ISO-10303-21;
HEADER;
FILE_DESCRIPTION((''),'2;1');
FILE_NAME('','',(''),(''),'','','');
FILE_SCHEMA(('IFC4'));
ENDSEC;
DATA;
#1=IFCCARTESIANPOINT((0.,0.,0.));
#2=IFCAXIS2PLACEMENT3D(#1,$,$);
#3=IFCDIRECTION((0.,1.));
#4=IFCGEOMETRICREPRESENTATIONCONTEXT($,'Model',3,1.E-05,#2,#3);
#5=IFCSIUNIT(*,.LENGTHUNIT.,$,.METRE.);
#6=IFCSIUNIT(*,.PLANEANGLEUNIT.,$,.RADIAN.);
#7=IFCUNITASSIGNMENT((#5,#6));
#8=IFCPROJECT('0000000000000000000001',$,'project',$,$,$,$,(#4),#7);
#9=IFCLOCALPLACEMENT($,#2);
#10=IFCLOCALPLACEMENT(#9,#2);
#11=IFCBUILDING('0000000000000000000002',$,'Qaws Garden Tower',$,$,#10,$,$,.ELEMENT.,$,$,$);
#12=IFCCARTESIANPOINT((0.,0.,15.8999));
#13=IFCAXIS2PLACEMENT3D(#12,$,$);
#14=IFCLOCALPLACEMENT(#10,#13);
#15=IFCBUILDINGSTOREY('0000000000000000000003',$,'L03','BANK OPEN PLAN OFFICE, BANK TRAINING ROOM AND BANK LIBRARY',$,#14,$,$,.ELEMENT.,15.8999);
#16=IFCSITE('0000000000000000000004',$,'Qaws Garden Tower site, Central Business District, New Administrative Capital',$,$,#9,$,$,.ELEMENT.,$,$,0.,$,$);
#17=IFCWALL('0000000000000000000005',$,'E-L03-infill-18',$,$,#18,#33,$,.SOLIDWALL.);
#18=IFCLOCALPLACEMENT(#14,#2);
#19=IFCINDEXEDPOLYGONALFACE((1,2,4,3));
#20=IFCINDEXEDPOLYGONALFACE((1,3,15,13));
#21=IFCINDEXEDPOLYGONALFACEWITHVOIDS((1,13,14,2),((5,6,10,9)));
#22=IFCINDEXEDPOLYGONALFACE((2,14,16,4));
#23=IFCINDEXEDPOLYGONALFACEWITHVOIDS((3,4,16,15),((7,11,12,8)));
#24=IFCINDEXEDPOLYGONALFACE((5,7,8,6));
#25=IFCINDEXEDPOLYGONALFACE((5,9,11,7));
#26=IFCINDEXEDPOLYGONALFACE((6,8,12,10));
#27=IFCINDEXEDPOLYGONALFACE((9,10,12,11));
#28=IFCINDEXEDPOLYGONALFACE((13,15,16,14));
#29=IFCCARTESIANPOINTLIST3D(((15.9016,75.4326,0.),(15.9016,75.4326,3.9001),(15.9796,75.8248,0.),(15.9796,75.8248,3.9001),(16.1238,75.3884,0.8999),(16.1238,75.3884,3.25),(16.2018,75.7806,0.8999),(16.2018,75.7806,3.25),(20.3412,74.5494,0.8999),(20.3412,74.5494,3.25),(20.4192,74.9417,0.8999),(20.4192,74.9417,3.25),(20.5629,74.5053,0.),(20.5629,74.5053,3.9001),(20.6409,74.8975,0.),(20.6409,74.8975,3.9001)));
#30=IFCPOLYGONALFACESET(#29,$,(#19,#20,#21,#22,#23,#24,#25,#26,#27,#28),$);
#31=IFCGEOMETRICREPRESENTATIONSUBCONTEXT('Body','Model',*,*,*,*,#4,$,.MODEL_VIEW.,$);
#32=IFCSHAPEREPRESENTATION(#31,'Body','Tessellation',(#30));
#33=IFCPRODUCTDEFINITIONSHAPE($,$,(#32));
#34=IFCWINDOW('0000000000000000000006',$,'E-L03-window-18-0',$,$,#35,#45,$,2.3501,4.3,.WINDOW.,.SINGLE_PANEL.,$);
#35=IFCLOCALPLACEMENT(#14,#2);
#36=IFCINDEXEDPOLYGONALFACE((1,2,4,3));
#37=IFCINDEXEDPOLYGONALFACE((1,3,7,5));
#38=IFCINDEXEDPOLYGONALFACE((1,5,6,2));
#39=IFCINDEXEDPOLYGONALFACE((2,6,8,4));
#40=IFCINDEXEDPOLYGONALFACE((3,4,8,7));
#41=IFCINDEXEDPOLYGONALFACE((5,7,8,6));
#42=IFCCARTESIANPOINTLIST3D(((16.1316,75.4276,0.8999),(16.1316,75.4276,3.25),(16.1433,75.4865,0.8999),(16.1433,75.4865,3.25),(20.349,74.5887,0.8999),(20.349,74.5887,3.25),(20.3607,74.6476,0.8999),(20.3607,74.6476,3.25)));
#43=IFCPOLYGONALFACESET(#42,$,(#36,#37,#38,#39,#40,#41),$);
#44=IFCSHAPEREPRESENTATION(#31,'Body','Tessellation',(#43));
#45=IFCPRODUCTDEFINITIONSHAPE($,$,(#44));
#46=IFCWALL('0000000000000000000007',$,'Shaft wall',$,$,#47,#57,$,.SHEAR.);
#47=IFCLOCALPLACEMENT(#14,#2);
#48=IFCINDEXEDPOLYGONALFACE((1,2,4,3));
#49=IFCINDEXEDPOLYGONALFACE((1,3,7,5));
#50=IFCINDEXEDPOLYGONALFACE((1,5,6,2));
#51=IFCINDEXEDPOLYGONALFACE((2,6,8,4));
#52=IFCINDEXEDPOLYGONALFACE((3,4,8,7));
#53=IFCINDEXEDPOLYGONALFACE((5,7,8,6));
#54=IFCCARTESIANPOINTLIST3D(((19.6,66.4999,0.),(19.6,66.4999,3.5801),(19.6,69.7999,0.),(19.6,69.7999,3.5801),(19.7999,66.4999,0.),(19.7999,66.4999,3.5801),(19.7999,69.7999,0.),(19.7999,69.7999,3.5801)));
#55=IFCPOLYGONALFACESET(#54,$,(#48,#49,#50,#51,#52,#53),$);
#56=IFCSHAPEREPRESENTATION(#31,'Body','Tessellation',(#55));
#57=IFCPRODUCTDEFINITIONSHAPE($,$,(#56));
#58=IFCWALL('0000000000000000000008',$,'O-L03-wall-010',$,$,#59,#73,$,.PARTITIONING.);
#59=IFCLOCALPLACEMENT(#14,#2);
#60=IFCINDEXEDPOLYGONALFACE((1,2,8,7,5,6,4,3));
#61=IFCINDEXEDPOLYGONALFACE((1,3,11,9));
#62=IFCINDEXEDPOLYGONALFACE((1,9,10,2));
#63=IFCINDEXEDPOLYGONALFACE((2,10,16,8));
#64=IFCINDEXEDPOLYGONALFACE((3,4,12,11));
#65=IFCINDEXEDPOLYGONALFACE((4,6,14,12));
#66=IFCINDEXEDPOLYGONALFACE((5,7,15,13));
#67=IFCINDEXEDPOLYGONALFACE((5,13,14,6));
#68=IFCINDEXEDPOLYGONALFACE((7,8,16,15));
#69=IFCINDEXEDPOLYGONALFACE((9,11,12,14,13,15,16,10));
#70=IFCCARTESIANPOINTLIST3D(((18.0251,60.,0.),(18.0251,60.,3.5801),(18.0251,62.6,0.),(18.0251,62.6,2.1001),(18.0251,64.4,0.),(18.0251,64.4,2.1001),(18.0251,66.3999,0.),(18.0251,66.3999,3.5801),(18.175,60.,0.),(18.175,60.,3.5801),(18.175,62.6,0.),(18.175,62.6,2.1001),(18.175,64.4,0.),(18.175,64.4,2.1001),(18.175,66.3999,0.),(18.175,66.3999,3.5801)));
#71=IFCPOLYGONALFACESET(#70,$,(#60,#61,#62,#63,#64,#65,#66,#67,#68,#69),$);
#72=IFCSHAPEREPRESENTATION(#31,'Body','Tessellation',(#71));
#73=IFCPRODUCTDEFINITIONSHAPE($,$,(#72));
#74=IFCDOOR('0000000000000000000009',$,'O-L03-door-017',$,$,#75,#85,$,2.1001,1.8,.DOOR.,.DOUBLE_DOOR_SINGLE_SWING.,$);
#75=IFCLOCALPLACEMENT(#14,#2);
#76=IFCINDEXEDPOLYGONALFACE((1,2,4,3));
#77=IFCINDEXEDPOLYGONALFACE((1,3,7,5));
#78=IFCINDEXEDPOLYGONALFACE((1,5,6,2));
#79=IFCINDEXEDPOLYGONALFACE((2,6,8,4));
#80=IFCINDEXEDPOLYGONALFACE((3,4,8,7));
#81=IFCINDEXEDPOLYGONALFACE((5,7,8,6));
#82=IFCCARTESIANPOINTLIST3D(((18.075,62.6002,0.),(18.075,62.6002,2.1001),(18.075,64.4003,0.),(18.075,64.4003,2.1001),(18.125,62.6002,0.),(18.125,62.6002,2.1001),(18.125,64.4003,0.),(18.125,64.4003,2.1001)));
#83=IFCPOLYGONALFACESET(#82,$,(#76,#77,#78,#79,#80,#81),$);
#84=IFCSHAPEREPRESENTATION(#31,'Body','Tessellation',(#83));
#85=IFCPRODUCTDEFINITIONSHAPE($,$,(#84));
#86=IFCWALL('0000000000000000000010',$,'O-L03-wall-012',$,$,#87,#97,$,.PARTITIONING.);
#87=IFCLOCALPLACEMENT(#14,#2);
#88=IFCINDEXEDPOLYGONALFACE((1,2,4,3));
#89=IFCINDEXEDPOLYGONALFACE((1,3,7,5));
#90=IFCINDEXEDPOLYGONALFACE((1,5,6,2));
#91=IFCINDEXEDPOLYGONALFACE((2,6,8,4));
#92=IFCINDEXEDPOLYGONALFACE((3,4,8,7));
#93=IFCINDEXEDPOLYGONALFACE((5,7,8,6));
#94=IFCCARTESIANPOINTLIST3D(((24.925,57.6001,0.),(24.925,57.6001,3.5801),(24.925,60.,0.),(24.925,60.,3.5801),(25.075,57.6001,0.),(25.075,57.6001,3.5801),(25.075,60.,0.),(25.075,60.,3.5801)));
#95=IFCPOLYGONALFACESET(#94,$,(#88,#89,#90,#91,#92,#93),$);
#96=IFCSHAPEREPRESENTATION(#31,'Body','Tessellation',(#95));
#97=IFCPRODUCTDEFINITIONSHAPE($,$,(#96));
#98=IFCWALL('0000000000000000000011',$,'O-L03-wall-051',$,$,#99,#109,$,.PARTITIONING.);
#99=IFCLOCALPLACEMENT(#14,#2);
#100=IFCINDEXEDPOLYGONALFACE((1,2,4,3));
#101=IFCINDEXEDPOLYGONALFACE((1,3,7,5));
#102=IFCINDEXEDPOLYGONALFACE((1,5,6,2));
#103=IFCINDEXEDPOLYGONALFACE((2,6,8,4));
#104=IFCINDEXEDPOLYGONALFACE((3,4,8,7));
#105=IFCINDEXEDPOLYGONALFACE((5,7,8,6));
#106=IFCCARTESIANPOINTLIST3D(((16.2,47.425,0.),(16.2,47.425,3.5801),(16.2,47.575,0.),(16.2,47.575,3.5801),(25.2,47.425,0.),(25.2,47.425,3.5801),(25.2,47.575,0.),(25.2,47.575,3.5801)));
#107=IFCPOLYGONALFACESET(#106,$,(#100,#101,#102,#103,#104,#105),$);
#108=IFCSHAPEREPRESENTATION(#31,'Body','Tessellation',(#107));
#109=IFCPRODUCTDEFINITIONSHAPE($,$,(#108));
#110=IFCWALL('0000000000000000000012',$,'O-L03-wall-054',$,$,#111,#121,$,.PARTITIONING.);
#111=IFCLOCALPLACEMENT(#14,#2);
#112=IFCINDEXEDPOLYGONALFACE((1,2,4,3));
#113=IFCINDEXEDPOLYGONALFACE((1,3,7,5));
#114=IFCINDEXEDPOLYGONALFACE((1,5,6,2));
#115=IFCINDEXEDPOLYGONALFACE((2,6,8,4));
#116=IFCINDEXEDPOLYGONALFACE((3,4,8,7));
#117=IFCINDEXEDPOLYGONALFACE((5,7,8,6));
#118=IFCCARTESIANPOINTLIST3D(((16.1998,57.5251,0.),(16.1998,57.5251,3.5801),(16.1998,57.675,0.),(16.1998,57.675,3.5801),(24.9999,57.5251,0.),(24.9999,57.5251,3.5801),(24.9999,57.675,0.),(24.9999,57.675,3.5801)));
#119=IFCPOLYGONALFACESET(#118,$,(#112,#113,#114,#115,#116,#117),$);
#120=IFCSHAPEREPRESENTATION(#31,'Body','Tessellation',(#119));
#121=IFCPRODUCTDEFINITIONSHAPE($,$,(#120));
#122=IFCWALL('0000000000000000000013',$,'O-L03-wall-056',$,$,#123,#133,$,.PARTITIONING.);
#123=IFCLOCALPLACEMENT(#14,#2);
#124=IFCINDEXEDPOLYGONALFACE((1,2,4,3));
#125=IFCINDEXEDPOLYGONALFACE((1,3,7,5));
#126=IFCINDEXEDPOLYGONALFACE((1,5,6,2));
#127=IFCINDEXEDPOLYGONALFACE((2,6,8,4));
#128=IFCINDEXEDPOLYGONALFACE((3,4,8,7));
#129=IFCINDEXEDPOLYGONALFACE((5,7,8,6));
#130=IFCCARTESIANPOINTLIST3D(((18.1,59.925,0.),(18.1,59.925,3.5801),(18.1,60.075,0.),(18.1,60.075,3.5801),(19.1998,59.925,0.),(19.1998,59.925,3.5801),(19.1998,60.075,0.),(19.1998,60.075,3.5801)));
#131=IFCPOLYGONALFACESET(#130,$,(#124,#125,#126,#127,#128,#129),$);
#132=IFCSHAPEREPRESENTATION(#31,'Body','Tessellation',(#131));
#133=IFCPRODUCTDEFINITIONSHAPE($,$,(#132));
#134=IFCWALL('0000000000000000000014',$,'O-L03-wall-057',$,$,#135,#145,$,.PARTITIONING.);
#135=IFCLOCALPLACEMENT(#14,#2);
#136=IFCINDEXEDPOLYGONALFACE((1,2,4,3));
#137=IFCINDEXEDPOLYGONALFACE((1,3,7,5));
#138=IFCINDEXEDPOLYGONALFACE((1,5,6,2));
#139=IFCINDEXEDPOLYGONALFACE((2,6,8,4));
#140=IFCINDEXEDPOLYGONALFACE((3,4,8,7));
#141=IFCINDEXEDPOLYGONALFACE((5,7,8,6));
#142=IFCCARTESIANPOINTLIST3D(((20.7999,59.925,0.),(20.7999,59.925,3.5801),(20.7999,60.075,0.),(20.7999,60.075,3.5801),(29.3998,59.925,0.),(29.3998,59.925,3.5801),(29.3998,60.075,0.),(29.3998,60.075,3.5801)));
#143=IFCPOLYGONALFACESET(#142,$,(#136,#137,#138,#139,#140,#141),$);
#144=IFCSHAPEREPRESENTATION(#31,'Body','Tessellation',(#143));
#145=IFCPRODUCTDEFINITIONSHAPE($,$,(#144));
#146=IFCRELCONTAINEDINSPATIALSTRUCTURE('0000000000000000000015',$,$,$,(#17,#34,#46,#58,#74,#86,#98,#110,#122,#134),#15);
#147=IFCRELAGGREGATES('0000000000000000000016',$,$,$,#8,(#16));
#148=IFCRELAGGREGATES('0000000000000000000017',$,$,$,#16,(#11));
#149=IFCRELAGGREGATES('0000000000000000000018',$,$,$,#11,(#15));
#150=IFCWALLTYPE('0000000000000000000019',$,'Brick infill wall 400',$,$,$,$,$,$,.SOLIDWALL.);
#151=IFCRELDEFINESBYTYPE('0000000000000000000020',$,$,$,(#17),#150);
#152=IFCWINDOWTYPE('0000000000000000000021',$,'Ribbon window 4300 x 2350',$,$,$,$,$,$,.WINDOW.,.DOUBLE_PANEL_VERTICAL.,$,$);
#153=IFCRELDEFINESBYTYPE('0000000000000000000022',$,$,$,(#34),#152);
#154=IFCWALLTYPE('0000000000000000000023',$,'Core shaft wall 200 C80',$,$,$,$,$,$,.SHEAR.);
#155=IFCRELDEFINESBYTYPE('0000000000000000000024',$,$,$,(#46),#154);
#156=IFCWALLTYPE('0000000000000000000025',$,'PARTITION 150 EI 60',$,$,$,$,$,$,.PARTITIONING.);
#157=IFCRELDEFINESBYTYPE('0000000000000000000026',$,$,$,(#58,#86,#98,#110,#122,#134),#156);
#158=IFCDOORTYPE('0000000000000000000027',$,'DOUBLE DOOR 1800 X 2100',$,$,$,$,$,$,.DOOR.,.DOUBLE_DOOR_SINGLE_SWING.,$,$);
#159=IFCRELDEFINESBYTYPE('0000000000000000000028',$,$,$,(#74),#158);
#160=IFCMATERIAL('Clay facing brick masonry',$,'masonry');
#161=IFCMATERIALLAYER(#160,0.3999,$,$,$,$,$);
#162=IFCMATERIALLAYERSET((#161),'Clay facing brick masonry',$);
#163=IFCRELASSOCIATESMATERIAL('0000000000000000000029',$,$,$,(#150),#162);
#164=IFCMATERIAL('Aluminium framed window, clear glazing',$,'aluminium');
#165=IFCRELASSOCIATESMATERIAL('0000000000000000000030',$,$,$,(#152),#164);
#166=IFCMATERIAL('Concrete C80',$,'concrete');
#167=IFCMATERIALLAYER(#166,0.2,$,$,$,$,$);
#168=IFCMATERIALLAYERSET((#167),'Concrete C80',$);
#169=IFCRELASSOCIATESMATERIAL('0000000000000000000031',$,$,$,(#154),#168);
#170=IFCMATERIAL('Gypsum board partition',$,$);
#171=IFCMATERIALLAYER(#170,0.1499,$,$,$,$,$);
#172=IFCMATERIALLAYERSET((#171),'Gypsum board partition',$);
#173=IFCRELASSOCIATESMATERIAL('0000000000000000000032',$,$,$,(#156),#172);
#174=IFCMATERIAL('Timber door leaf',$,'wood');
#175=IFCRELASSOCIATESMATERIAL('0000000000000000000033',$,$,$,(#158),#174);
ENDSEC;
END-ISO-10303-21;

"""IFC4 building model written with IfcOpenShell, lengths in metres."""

from ifc_helpers import new_model, si_unit, direction, frame, frame_2d, origin, place, context, subcontext, project, spatial, rectangle, extrude, material, layer, layer_set, type_object, element, fill, save


model = new_model("IFC4")

# Units and contexts
model_context = context("Model", 3, precision=1e-05, world=origin(), true_north=direction((0.0, 1.0)))
body_context = subcontext(model_context, "Body", "Model", "MODEL_VIEW")
ifc_project = project(units=[si_unit("LENGTHUNIT", "METRE"), si_unit("PLANEANGLEUNIT", "RADIAN")], contexts=[model_context])

# Site, building, storey
site_placement = place(None, origin())
site = spatial("IfcSite", under=ifc_project, at=site_placement, Name="Qaws Garden Tower site, Central Business District, New Administrative Capital", CompositionType="ELEMENT", RefElevation=0.0)
building_placement = place(site_placement, origin())
building = spatial("IfcBuilding", under=site, at=building_placement, Name="Qaws Garden Tower", CompositionType="ELEMENT")
storey_placement = place(building_placement, frame((0.0, 0.0, 15.8999)))
storey = spatial("IfcBuildingStorey", under=building, at=storey_placement, Name="L03", Description="BANK OPEN PLAN OFFICE, BANK TRAINING ROOM AND BANK LIBRARY", CompositionType="ELEMENT", Elevation=15.8999)

# Wall, opening, window
ifc_material_1 = material(Name="Clay facing brick masonry", Category="masonry")
ifc_layer_1 = layer(ifc_material_1, 0.3999)
ifc_layer_set_1 = layer_set([ifc_layer_1], Name="Clay facing brick masonry")
wall_type_1 = type_object("IfcWallType", Name="Brick infill wall 400", PredefinedType="SOLIDWALL", material=ifc_layer_set_1)
ifc_material_2 = material(Name="Aluminium framed window, clear glazing", Category="aluminium")
window_type = type_object("IfcWindowType", Name="Ribbon window 4300 x 2350", PartitioningType="DOUBLE_PANEL_VERTICAL", PredefinedType="WINDOW", material=ifc_material_2)
wall_1_placement = place(storey_placement, frame((20.6021, 74.7014, 0.0), z_axis=(0.0, 0.0, 1.0), x_axis=(-0.980784, 0.195099, 0.0)))
wall_1 = element("IfcWall", 1, at=wall_1_placement, inside=storey, type_object=wall_type_1, Name="E-L03-infill-18", PredefinedType="SOLIDWALL", context=body_context, shape_type="SweptSolid", body=[
    extrude(rectangle(XDim=4.7527, YDim=0.3999, at=frame_2d((2.3765, 0.0))), origin(), (0.0, 0.0, 1.0), 3.9001),
])
opening_1_placement = place(wall_1_placement, frame((0.2263, 0.0, 0.8999)))
opening_1 = element("IfcOpeningElement", 2, at=opening_1_placement, cuts=wall_1, PredefinedType="OPENING", context=body_context, shape_type="SweptSolid", body=[
    extrude(rectangle(XDim=4.3, YDim=2.3501, at=frame_2d((2.1499, 1.175))), frame((0.0, 0.21, 0.0), z_axis=(0.0, -1.0, 0.0), x_axis=(1.0, 0.0, 0.0)), (0.0, 0.0, 1.0), 0.4199),
])
window_1_placement = place(opening_1_placement, origin())
window_1 = element("IfcWindow", 3, at=window_1_placement, inside=storey, type_object=window_type, Name="E-L03-window-18-0", OverallHeight=2.3501, OverallWidth=4.3, PartitioningType="SINGLE_PANEL", PredefinedType="WINDOW", context=body_context, shape_type="SweptSolid", body=[
    extrude(rectangle(XDim=4.3, YDim=2.3501, at=frame_2d((2.1499, 1.175))), frame((0.0, 0.1599, 0.0), z_axis=(0.0, -1.0, 0.0), x_axis=(1.0, 0.0, 0.0)), (0.0, 0.0, 1.0), 0.0601),
])
fill(opening_1, window_1)

# Wall
ifc_material_3 = material(Name="Concrete C80", Category="concrete")
ifc_layer_2 = layer(ifc_material_3, 0.2)
ifc_layer_set_2 = layer_set([ifc_layer_2], Name="Concrete C80")
wall_type_2 = type_object("IfcWallType", Name="Core shaft wall 200 C80", PredefinedType="SHEAR", material=ifc_layer_set_2)
wall_2_placement = place(storey_placement, frame((19.7, 66.5, 0.0), z_axis=(0.0, 0.0, 1.0), x_axis=(0.0, 1.0, 0.0)))
element("IfcWall", 4, at=wall_2_placement, inside=storey, type_object=wall_type_2, Name="Shaft wall", PredefinedType="SHEAR", context=body_context, shape_type="SweptSolid", body=[
    extrude(rectangle(XDim=3.3, YDim=0.2, at=frame_2d((1.6499, 0.0))), origin(), (0.0, 0.0, 1.0), 3.5801),
])

# Wall, opening, door
ifc_material_4 = material(Name="Gypsum board partition")
ifc_layer_3 = layer(ifc_material_4, 0.1499)
ifc_layer_set_3 = layer_set([ifc_layer_3], Name="Gypsum board partition")
wall_type_3 = type_object("IfcWallType", Name="PARTITION 150 EI 60", PredefinedType="PARTITIONING", material=ifc_layer_set_3)
wall_3_placement = place(storey_placement, frame((18.1001, 60.0, 0.0), z_axis=(0.0, 0.0, 1.0), x_axis=(0.0, 1.0, 0.0)))
wall_3 = element("IfcWall", 5, at=wall_3_placement, inside=storey, type_object=wall_type_3, Name="O-L03-wall-010", PredefinedType="PARTITIONING", context=body_context, shape_type="SweptSolid", body=[
    extrude(rectangle(XDim=6.3999, YDim=0.1499, at=frame_2d((3.2, 0.0))), origin(), (0.0, 0.0, 1.0), 3.5801),
])
opening_2_placement = place(wall_3_placement, frame((2.6001, 0.0, 0.0)))
opening_2 = element("IfcOpeningElement", 6, at=opening_2_placement, cuts=wall_3, PredefinedType="OPENING", context=body_context, shape_type="SweptSolid", body=[
    extrude(rectangle(XDim=1.8, YDim=2.1001, at=frame_2d((0.8999, 1.05))), frame((0.0, 0.085, 0.0), z_axis=(0.0, -1.0, 0.0), x_axis=(1.0, 0.0, 0.0)), (0.0, 0.0, 1.0), 0.1699),
])
ifc_material_5 = material(Name="Timber door leaf", Category="wood")
door_type = type_object("IfcDoorType", Name="DOUBLE DOOR 1800 X 2100", OperationType="DOUBLE_DOOR_SINGLE_SWING", PredefinedType="DOOR", material=ifc_material_5)
door_placement = place(opening_2_placement, frame((1.8, 0.0, 0.0), z_axis=(0.0, 0.0, 1.0), x_axis=(-1.0, 0.0, 0.0)))
door = element("IfcDoor", 7, at=door_placement, inside=storey, type_object=door_type, Name="O-L03-door-017", OperationType="DOUBLE_DOOR_SINGLE_SWING", OverallHeight=2.1001, OverallWidth=1.8, PredefinedType="DOOR", context=body_context, shape_type="SweptSolid", body=[
    extrude(rectangle(XDim=1.8, YDim=2.1001, at=frame_2d((0.8999, 1.05))), frame((0.0, 0.0249, 0.0), z_axis=(0.0, -1.0, 0.0), x_axis=(1.0, 0.0, 0.0)), (0.0, 0.0, 1.0), 0.05),
])
fill(opening_2, door)

# Walls
wall_4_placement = place(storey_placement, frame((25.0, 57.6001, 0.0), z_axis=(0.0, 0.0, 1.0), x_axis=(0.0, 1.0, 0.0)))
element("IfcWall", 8, at=wall_4_placement, inside=storey, type_object=wall_type_3, Name="O-L03-wall-012", PredefinedType="PARTITIONING", context=body_context, shape_type="SweptSolid", body=[
    extrude(rectangle(XDim=2.3999, YDim=0.1499, at=frame_2d((1.2, 0.0))), origin(), (0.0, 0.0, 1.0), 3.5801),
])
wall_5_placement = place(storey_placement, frame((16.2, 47.5, 0.0), z_axis=(0.0, 0.0, 1.0), x_axis=(1.0, 0.0, 0.0)))
element("IfcWall", 9, at=wall_5_placement, inside=storey, type_object=wall_type_3, Name="O-L03-wall-051", PredefinedType="PARTITIONING", context=body_context, shape_type="SweptSolid", body=[
    extrude(rectangle(XDim=9.0, YDim=0.1499, at=frame_2d((4.5, 0.0))), origin(), (0.0, 0.0, 1.0), 3.5801),
])
wall_6_placement = place(storey_placement, frame((16.2, 57.6001, 0.0), z_axis=(0.0, 0.0, 1.0), x_axis=(1.0, 0.0, 0.0)))
element("IfcWall", 10, at=wall_6_placement, inside=storey, type_object=wall_type_3, Name="O-L03-wall-054", PredefinedType="PARTITIONING", context=body_context, shape_type="SweptSolid", body=[
    extrude(rectangle(XDim=8.8, YDim=0.1499, at=frame_2d((4.3999, 0.0))), origin(), (0.0, 0.0, 1.0), 3.5801),
])
wall_7_placement = place(storey_placement, frame((18.1001, 60.0, 0.0), z_axis=(0.0, 0.0, 1.0), x_axis=(1.0, 0.0, 0.0)))
element("IfcWall", 11, at=wall_7_placement, inside=storey, type_object=wall_type_3, Name="O-L03-wall-056", PredefinedType="PARTITIONING", context=body_context, shape_type="SweptSolid", body=[
    extrude(rectangle(XDim=1.0999, YDim=0.1499, at=frame_2d((0.5498, 0.0))), origin(), (0.0, 0.0, 1.0), 3.5801),
])
wall_8_placement = place(storey_placement, frame((20.8, 60.0, 0.0), z_axis=(0.0, 0.0, 1.0), x_axis=(1.0, 0.0, 0.0)))
element("IfcWall", 12, at=wall_8_placement, inside=storey, type_object=wall_type_3, Name="O-L03-wall-057", PredefinedType="PARTITIONING", context=body_context, shape_type="SweptSolid", body=[
    extrude(rectangle(XDim=8.5999, YDim=0.1499, at=frame_2d((4.2998, 0.0))), origin(), (0.0, 0.0, 1.0), 3.5801),
])

save(model, "model.ifc")
